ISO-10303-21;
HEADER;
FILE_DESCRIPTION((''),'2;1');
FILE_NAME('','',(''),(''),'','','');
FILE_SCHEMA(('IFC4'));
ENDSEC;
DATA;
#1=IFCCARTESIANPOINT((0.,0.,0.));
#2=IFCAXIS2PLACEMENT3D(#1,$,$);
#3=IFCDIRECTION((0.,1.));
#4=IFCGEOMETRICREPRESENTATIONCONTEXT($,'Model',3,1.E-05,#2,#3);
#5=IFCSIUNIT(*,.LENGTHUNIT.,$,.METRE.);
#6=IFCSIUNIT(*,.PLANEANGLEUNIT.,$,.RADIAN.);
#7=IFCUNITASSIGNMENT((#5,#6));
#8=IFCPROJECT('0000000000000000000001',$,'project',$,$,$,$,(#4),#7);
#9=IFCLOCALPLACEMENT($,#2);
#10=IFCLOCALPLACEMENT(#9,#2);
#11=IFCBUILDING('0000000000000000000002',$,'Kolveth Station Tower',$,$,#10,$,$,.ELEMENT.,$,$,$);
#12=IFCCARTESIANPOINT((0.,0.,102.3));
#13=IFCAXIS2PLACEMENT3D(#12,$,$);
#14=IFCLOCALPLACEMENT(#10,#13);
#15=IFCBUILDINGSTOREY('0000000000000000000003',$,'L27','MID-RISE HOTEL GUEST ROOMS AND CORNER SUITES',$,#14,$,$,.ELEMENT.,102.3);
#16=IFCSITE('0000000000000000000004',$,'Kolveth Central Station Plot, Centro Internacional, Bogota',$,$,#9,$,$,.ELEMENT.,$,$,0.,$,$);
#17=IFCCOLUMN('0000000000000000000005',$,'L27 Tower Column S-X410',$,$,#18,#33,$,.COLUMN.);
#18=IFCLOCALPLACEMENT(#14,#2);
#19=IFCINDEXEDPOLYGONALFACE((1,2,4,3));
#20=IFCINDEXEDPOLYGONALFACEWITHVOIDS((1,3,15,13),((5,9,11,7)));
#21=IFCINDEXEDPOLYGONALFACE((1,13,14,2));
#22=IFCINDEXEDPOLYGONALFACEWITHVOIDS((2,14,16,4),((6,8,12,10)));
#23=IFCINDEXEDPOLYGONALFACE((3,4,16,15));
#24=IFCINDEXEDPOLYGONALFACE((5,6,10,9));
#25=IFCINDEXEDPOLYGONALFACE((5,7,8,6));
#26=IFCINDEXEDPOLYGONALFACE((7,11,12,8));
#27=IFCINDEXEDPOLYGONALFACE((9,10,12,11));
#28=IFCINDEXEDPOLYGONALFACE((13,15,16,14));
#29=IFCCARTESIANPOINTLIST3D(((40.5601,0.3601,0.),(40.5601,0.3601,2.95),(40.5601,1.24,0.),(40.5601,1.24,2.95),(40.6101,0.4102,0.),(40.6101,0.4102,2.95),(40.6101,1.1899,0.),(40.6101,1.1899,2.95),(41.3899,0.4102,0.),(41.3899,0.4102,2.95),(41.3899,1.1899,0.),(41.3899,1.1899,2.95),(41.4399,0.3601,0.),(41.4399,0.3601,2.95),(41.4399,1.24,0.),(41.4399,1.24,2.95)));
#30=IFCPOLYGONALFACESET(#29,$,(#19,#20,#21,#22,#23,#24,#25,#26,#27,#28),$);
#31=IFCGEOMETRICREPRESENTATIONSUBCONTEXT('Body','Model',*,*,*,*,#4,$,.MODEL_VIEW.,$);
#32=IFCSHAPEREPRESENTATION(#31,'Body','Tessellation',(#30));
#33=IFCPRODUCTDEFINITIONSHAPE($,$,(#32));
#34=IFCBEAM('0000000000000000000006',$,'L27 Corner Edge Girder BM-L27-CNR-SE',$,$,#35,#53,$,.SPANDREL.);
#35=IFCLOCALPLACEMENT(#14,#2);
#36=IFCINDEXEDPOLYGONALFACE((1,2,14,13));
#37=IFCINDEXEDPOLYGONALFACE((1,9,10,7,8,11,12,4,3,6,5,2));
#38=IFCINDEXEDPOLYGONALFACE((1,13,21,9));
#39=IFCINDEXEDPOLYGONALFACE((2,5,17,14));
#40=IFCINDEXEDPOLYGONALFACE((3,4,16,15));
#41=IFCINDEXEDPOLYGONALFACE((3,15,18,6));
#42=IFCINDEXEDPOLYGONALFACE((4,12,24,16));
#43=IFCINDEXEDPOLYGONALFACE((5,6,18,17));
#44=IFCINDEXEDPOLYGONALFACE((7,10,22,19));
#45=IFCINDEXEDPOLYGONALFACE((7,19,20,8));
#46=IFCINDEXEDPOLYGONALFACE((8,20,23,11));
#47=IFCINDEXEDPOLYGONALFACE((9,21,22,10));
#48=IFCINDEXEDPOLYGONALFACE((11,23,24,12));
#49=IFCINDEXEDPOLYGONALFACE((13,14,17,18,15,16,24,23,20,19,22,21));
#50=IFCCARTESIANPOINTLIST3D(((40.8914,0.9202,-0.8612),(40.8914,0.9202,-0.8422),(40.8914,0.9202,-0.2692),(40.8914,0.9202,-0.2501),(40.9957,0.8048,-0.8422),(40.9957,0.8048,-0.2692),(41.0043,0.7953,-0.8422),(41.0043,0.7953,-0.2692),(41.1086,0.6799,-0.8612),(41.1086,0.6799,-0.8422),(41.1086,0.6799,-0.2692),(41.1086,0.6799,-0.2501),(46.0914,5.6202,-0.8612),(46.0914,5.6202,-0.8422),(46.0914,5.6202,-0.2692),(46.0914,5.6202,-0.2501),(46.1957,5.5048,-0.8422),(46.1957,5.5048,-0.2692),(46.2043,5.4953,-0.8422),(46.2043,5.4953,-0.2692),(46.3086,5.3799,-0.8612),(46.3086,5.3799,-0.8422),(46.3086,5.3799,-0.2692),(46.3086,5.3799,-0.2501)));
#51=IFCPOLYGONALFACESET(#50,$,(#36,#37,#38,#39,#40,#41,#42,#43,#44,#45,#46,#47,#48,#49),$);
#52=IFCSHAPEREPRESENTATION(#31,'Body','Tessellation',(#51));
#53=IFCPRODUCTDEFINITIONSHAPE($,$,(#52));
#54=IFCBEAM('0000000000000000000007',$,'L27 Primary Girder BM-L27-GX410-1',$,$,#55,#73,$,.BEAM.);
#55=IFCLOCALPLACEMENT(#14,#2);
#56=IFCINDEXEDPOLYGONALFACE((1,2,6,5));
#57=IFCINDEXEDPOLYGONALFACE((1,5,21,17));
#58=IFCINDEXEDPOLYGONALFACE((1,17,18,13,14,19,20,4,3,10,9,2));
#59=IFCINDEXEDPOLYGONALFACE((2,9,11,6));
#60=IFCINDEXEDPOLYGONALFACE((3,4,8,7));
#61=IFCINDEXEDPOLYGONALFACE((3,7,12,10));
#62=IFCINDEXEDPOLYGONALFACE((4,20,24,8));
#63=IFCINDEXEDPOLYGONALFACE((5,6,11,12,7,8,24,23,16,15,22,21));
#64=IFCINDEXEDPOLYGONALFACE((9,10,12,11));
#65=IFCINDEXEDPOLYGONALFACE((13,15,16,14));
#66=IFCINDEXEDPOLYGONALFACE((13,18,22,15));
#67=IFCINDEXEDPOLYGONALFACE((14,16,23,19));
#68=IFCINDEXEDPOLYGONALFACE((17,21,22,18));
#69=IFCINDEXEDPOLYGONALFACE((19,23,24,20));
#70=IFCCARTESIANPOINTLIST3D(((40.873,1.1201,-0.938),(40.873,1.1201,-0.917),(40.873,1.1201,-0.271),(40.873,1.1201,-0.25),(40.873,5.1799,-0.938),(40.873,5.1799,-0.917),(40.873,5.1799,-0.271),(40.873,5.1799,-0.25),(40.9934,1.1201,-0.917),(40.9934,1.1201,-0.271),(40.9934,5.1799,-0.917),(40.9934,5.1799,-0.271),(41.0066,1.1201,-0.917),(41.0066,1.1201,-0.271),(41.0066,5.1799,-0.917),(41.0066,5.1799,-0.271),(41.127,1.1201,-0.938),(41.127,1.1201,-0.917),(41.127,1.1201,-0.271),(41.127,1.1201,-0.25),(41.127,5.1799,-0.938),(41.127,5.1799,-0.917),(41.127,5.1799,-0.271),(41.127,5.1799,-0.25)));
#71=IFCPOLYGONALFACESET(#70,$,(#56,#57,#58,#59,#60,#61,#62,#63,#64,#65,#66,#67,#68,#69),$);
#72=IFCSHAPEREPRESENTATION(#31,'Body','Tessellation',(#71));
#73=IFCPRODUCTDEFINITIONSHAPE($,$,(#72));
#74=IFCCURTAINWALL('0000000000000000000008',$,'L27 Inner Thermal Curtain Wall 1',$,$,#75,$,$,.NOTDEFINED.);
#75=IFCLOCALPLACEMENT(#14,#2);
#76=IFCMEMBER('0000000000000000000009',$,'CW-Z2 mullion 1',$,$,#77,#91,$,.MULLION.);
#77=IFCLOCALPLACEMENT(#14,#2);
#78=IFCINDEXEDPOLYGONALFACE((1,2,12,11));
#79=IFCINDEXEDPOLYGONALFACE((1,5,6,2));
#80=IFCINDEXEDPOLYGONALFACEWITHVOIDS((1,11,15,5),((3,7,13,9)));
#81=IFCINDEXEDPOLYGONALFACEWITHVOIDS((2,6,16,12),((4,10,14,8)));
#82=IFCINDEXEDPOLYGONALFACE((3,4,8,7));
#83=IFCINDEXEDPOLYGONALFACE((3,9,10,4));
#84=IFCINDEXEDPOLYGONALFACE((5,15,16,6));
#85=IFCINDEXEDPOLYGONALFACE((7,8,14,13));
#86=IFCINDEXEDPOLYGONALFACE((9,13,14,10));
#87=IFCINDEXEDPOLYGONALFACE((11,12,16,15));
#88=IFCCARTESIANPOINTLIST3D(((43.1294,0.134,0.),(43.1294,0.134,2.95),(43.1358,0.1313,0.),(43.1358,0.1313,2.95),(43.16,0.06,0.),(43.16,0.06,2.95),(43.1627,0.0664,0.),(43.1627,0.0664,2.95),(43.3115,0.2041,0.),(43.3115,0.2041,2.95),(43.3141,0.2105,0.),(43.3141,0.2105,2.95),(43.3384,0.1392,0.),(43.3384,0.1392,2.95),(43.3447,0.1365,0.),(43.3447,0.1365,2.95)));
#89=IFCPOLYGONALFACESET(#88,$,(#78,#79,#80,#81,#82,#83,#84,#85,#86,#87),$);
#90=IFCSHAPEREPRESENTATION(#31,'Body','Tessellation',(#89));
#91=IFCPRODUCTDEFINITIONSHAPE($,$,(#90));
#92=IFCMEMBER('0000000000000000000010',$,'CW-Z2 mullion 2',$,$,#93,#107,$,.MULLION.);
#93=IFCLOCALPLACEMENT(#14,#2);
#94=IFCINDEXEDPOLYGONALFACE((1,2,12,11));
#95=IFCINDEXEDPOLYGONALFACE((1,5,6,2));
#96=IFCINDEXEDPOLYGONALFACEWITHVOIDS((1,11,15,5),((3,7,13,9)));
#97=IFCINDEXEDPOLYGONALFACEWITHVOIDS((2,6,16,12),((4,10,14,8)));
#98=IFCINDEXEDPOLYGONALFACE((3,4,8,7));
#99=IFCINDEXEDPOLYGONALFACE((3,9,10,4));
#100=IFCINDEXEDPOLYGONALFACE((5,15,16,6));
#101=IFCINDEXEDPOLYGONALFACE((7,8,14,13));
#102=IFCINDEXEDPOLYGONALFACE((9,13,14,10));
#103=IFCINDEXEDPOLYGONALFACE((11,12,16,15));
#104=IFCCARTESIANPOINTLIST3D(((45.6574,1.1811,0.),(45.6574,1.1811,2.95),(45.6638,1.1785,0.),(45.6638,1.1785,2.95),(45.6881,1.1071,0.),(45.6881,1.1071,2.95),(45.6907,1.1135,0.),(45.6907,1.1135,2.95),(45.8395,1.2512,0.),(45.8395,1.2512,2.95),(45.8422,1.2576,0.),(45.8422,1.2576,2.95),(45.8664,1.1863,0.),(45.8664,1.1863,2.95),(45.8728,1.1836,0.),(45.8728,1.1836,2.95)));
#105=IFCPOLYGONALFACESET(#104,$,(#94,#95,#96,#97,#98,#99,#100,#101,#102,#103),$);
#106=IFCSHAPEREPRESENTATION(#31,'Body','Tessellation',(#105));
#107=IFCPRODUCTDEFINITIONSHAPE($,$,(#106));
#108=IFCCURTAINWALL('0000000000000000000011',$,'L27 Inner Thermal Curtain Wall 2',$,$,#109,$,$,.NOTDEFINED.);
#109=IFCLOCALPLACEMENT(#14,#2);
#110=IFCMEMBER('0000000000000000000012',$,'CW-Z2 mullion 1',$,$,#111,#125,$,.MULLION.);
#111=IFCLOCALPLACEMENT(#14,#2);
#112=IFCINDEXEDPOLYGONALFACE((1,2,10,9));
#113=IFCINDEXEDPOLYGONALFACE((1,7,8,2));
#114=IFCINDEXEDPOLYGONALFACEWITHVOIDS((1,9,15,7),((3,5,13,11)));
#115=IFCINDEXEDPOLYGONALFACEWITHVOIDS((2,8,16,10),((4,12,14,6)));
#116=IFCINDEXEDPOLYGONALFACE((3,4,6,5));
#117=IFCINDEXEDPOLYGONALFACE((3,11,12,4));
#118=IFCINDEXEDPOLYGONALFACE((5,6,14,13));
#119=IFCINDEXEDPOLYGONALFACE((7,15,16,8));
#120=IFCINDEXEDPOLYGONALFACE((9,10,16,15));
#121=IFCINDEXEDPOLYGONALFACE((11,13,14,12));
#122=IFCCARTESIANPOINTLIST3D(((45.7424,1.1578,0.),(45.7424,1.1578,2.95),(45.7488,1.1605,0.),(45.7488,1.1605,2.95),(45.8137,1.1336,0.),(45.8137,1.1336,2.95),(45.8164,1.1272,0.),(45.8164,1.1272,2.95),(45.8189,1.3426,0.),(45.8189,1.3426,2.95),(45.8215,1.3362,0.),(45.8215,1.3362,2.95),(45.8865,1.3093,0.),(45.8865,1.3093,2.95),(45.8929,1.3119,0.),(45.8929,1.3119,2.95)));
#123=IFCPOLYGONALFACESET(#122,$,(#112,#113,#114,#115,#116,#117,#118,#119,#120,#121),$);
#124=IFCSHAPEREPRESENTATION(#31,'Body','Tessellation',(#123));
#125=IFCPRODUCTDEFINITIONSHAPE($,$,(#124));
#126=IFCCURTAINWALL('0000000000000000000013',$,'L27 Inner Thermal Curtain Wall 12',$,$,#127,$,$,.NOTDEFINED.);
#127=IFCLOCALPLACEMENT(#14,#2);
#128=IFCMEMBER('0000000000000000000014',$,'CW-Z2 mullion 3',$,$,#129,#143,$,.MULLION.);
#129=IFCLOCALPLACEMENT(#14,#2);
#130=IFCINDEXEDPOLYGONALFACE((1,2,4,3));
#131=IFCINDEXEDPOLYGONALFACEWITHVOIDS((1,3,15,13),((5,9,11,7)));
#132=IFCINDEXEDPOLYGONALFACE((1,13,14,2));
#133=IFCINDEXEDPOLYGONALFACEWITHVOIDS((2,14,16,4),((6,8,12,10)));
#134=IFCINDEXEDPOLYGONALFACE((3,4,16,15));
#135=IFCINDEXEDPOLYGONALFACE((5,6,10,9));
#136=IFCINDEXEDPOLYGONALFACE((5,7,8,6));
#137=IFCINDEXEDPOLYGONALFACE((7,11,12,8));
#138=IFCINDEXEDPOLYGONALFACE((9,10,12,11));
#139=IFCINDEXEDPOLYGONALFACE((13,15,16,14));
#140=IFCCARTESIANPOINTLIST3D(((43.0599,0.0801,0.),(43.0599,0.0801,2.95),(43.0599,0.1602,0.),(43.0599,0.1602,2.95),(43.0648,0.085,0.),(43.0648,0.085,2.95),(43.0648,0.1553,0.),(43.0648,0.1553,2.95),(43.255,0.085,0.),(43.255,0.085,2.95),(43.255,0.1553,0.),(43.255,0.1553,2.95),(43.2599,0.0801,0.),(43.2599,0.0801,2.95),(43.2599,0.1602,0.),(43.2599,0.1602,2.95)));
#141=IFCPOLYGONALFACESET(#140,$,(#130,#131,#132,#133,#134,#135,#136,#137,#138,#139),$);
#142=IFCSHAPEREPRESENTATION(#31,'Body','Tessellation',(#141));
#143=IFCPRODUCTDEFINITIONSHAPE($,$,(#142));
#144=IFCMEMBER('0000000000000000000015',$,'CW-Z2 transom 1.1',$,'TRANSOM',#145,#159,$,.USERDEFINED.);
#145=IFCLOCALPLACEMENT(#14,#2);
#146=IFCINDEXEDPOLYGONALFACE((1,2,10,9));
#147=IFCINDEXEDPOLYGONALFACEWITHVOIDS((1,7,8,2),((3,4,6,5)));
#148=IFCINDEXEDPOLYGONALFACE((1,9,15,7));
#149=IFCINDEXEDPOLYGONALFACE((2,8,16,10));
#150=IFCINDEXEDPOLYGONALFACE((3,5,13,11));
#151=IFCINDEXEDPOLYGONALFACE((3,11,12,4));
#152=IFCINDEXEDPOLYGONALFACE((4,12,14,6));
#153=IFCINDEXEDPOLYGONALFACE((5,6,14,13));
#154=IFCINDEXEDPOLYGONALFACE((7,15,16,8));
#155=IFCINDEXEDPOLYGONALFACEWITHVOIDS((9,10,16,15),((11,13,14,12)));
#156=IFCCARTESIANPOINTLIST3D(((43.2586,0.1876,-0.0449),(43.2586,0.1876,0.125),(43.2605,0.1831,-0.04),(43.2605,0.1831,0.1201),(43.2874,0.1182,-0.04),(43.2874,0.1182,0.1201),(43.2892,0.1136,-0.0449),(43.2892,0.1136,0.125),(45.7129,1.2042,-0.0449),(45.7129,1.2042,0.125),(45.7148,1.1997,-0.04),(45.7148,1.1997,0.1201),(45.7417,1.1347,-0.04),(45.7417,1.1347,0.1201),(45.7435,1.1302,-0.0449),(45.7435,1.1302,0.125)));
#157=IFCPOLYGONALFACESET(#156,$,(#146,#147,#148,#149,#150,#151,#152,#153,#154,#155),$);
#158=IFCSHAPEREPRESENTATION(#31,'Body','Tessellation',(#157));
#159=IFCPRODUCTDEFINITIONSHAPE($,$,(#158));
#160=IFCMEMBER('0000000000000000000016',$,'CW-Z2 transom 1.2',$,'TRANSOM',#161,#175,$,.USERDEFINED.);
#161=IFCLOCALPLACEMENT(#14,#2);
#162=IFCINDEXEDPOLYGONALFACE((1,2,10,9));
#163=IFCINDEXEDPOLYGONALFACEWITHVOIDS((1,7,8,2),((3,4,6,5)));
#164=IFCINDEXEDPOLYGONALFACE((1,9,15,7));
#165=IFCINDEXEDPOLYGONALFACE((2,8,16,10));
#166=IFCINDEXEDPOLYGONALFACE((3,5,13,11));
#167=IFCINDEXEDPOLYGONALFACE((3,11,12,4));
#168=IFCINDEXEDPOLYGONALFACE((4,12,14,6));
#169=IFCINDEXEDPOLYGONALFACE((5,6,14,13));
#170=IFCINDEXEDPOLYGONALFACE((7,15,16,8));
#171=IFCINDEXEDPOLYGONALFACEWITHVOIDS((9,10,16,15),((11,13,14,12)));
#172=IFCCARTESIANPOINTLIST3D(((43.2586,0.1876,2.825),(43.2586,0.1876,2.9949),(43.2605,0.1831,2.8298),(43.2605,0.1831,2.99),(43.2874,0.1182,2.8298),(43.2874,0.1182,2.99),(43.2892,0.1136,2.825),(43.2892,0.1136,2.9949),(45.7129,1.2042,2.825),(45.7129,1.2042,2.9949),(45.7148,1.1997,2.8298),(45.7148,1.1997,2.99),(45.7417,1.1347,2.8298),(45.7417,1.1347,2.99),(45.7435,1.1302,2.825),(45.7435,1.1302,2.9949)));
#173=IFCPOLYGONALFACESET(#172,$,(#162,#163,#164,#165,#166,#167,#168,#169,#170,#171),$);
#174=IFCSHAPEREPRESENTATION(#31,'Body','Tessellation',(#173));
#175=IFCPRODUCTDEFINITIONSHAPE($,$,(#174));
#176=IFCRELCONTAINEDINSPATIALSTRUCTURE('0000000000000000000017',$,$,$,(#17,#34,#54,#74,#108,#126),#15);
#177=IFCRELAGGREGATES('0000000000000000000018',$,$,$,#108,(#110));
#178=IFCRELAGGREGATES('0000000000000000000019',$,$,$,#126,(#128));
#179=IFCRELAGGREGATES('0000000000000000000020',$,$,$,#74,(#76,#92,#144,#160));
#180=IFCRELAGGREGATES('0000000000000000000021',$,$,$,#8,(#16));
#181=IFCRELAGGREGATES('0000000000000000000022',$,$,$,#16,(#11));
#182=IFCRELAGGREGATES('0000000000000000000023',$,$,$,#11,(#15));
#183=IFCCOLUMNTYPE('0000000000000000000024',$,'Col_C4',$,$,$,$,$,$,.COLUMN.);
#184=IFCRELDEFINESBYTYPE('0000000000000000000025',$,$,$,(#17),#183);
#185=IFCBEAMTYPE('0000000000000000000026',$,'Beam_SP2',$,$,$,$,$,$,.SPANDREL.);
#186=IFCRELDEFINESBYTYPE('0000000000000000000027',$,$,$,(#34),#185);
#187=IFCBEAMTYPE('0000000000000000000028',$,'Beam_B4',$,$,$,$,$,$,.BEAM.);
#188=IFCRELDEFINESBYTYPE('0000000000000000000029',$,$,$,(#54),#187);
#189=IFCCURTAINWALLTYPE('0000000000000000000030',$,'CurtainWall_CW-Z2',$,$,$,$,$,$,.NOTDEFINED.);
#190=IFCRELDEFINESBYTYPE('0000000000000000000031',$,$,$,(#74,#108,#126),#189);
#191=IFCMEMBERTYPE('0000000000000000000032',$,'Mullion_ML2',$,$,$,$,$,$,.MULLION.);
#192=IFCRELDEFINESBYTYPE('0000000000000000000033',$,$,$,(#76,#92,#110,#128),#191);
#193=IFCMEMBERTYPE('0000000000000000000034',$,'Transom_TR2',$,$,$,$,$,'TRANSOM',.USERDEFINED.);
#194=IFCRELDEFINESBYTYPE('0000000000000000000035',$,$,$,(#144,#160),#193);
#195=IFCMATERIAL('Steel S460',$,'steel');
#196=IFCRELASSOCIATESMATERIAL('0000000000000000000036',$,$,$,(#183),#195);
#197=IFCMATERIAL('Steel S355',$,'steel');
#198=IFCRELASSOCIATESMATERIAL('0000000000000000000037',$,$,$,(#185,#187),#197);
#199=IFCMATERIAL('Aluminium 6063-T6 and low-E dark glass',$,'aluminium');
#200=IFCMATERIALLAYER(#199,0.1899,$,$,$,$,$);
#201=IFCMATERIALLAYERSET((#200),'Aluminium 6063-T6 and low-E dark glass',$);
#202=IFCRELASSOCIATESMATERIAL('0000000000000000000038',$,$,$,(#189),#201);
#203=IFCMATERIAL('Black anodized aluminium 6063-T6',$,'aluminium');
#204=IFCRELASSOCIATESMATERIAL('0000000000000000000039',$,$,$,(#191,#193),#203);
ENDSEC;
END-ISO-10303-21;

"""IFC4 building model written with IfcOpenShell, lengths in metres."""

from ifc_helpers import new_model, si_unit, direction, frame, origin, origin_2d, place, context, subcontext, project, spatial, hollow_rectangle, i_section, extrude, source, transform, mapped, material, layer, layer_set, material_profile, profile_set, type_object, element, aggregate, save


model = new_model("IFC4")

# Units and contexts
model_context = context("Model", 3, precision=1e-05, world=origin(), true_north=direction((0.0, 1.0)))
body_context = subcontext(model_context, "Body", "Model", "MODEL_VIEW")
ifc_project = project(units=[si_unit("LENGTHUNIT", "METRE"), si_unit("PLANEANGLEUNIT", "RADIAN")], contexts=[model_context])

# Site, building, storey
site_placement = place(None, origin())
site = spatial("IfcSite", under=ifc_project, at=site_placement, Name="Kolveth Central Station Plot, Centro Internacional, Bogota", CompositionType="ELEMENT", RefElevation=0.0)
building_placement = place(site_placement, origin())
building = spatial("IfcBuilding", under=site, at=building_placement, Name="Kolveth Station Tower", CompositionType="ELEMENT")
storey_placement = place(building_placement, frame((0.0, 0.0, 102.3)))
storey = spatial("IfcBuildingStorey", under=building, at=storey_placement, Name="L27", Description="MID-RISE HOTEL GUEST ROOMS AND CORNER SUITES", CompositionType="ELEMENT", Elevation=102.3)

# Column
ifc_material_1 = material(Name="Steel S460", Category="steel")
ifc_material_profile_1 = material_profile(ifc_material_1, hollow_rectangle(XDim=0.8799, YDim=0.8799, WallThickness=0.05, at=origin_2d()), Name="BOX880x880x50")
ifc_profile_set_1 = profile_set([ifc_material_profile_1], Name="Steel S460")
column_type = type_object("IfcColumnType", Name="Col_C4", PredefinedType="COLUMN", material=ifc_profile_set_1)
shared_shape_1 = source(origin(), body_context, "Body", "SweptSolid", [
    extrude(hollow_rectangle(XDim=0.8799, YDim=0.8799, WallThickness=0.05, at=origin_2d()), origin(), (0.0, 0.0, 1.0), 2.95),
])
column_placement = place(storey_placement, frame((41.0, 0.8, 0.0), z_axis=(0.0, 0.0, 1.0), x_axis=(1.0, 0.0, 0.0)))
element("IfcColumn", 1, at=column_placement, inside=storey, type_object=column_type, Name="L27 Tower Column S-X410", PredefinedType="COLUMN", context=body_context, shape_type="MappedRepresentation", body=[
    mapped(shared_shape_1, transform((0.0, 0.0, 0.0), x_axis=(1.0, 0.0, 0.0), y_axis=(0.0, 1.0, 0.0), z_axis=(0.0, 0.0, 1.0), scale=1.0)),
])

# Beams
ifc_material_2 = material(Name="Steel S355", Category="steel")
ifc_material_profile_2 = material_profile(ifc_material_2, i_section(OverallWidth=0.324, OverallDepth=0.6111, WebThickness=0.0127, FlangeThickness=0.019, at=origin_2d()), Name="W610x155")
ifc_profile_set_2 = profile_set([ifc_material_profile_2], Name="Steel S355")
beam_type_1 = type_object("IfcBeamType", Name="Beam_SP2", PredefinedType="SPANDREL", material=ifc_profile_set_2)
shared_shape_2 = source(origin(), body_context, "Body", "SweptSolid", [
    extrude(i_section(OverallWidth=0.324, OverallDepth=0.6111, WebThickness=0.0127, FlangeThickness=0.019, at=origin_2d()), origin(), (0.0, 0.0, 1.0), 7.0093),
])
beam_1_placement = place(storey_placement, frame((41.0, 0.8, -0.5557), z_axis=(0.741874, 0.670539, 0.0), x_axis=(-0.670539, 0.741874, 0.0)))
element("IfcBeam", 2, at=beam_1_placement, inside=storey, type_object=beam_type_1, Name="L27 Corner Edge Girder BM-L27-CNR-SE", PredefinedType="SPANDREL", context=body_context, shape_type="MappedRepresentation", body=[
    mapped(shared_shape_2, transform((0.0, 0.0, 0.0), x_axis=(1.0, 0.0, 0.0), y_axis=(0.0, 1.0, 0.0), z_axis=(0.0, 0.0, 1.0), scale=1.0)),
])
ifc_material_profile_3 = material_profile(ifc_material_2, i_section(OverallWidth=0.2539, OverallDepth=0.688, WebThickness=0.0132, FlangeThickness=0.021, at=origin_2d()), Name="W690x152")
ifc_profile_set_3 = profile_set([ifc_material_profile_3], Name="Steel S355")
beam_type_2 = type_object("IfcBeamType", Name="Beam_B4", PredefinedType="BEAM", material=ifc_profile_set_3)
shared_shape_3 = source(origin(), body_context, "Body", "SweptSolid", [
    extrude(i_section(OverallWidth=0.2539, OverallDepth=0.688, WebThickness=0.0132, FlangeThickness=0.021, at=origin_2d()), origin(), (0.0, 0.0, 1.0), 4.0598),
])
beam_2_placement = place(storey_placement, frame((41.0, 1.1201, -0.594), z_axis=(0.0, 1.0, 0.0), x_axis=(-1.0, 0.0, 0.0)))
element("IfcBeam", 3, at=beam_2_placement, inside=storey, type_object=beam_type_2, Name="L27 Primary Girder BM-L27-GX410-1", PredefinedType="BEAM", context=body_context, shape_type="MappedRepresentation", body=[
    mapped(shared_shape_3, transform((0.0, 0.0, 0.0), x_axis=(1.0, 0.0, 0.0), y_axis=(0.0, 1.0, 0.0), z_axis=(0.0, 0.0, 1.0), scale=1.0)),
])

# Curtain wall, members
ifc_material_3 = material(Name="Aluminium 6063-T6 and low-E dark glass", Category="aluminium")
ifc_layer_1 = layer(ifc_material_3, 0.1899)
ifc_layer_set_1 = layer_set([ifc_layer_1], Name="Aluminium 6063-T6 and low-E dark glass")
curtain_wall_type_1 = type_object("IfcCurtainWallType", Name="CurtainWall_CW-Z2", PredefinedType="NOTDEFINED", material=ifc_layer_set_1)
curtain_wall_1_placement = place(storey_placement, origin())
curtain_wall_1 = element("IfcCurtainWall", 4, at=curtain_wall_1_placement, inside=storey, type_object=curtain_wall_type_1, Name="L27 Inner Thermal Curtain Wall 1", PredefinedType="NOTDEFINED")
ifc_material_4 = material(Name="Black anodized aluminium 6063-T6", Category="aluminium")
ifc_material_profile_4 = material_profile(ifc_material_4, hollow_rectangle(XDim=0.0801, YDim=0.2, WallThickness=0.0049, at=origin_2d()), Name="ALU-80x200x5")
ifc_profile_set_4 = profile_set([ifc_material_profile_4], Name="Black anodized aluminium 6063-T6")
member_type_1 = type_object("IfcMemberType", Name="Mullion_ML2", PredefinedType="MULLION", material=ifc_profile_set_4)
shared_shape_4 = source(origin(), body_context, "Body", "SweptSolid", [
    extrude(hollow_rectangle(XDim=0.0801, YDim=0.2, WallThickness=0.0049, at=origin_2d()), origin(), (0.0, 0.0, 1.0), 2.95),
])
member_1_placement = place(storey_placement, frame((43.2371, 0.1353, 0.0), z_axis=(0.0, 0.0, 1.0), x_axis=(-0.382663, 0.923888, 0.0)))
member_1 = element("IfcMember", 5, at=member_1_placement, type_object=member_type_1, Name="CW-Z2 mullion 1", PredefinedType="MULLION", context=body_context, shape_type="MappedRepresentation", body=[
    mapped(shared_shape_4, transform((0.0, 0.0, 0.0), x_axis=(1.0, 0.0, 0.0), y_axis=(0.0, 1.0, 0.0), z_axis=(0.0, 0.0, 1.0), scale=1.0)),
])
member_2_placement = place(storey_placement, frame((45.7651, 1.1824, 0.0), z_axis=(0.0, 0.0, 1.0), x_axis=(-0.382663, 0.923888, 0.0)))
member_2 = element("IfcMember", 6, at=member_2_placement, type_object=member_type_1, Name="CW-Z2 mullion 2", PredefinedType="MULLION", context=body_context, shape_type="MappedRepresentation", body=[
    mapped(shared_shape_4, transform((0.0, 0.0, 0.0), x_axis=(1.0, 0.0, 0.0), y_axis=(0.0, 1.0, 0.0), z_axis=(0.0, 0.0, 1.0), scale=1.0)),
])

# Curtain walls, members
curtain_wall_2_placement = place(storey_placement, origin())
curtain_wall_2 = element("IfcCurtainWall", 7, at=curtain_wall_2_placement, inside=storey, type_object=curtain_wall_type_1, Name="L27 Inner Thermal Curtain Wall 2", PredefinedType="NOTDEFINED")
member_3_placement = place(storey_placement, frame((45.8176, 1.2349, 0.0), z_axis=(0.0, 0.0, 1.0), x_axis=(-0.923888, 0.382663, 0.0)))
member_3 = element("IfcMember", 8, at=member_3_placement, type_object=member_type_1, Name="CW-Z2 mullion 1", PredefinedType="MULLION", context=body_context, shape_type="MappedRepresentation", body=[
    mapped(shared_shape_4, transform((0.0, 0.0, 0.0), x_axis=(1.0, 0.0, 0.0), y_axis=(0.0, 1.0, 0.0), z_axis=(0.0, 0.0, 1.0), scale=1.0)),
])
aggregate(curtain_wall_2, [member_3])
curtain_wall_3_placement = place(storey_placement, origin())
curtain_wall_3 = element("IfcCurtainWall", 9, at=curtain_wall_3_placement, inside=storey, type_object=curtain_wall_type_1, Name="L27 Inner Thermal Curtain Wall 12", PredefinedType="NOTDEFINED")
member_4_placement = place(storey_placement, frame((43.1599, 0.1201, 0.0), z_axis=(0.0, 0.0, 1.0), x_axis=(0.0, 1.0, 0.0)))
member_4 = element("IfcMember", 10, at=member_4_placement, type_object=member_type_1, Name="CW-Z2 mullion 3", PredefinedType="MULLION", context=body_context, shape_type="MappedRepresentation", body=[
    mapped(shared_shape_4, transform((0.0, 0.0, 0.0), x_axis=(1.0, 0.0, 0.0), y_axis=(0.0, 1.0, 0.0), z_axis=(0.0, 0.0, 1.0), scale=1.0)),
])
aggregate(curtain_wall_3, [member_4])

# Members
ifc_material_profile_5 = material_profile(ifc_material_4, hollow_rectangle(XDim=0.0801, YDim=0.1699, WallThickness=0.0049, at=origin_2d()), Name="ALU-80x170x5")
ifc_profile_set_5 = profile_set([ifc_material_profile_5], Name="Black anodized aluminium 6063-T6")
member_type_2 = type_object("IfcMemberType", Name="Transom_TR2", ElementType="TRANSOM", PredefinedType="USERDEFINED", material=ifc_profile_set_5)
shared_shape_5 = source(origin(), body_context, "Body", "SweptSolid", [
    extrude(hollow_rectangle(XDim=0.0801, YDim=0.1699, WallThickness=0.0049, at=origin_2d()), origin(), (0.0, 0.0, 1.0), 2.6565),
])
member_5_placement = place(storey_placement, frame((43.2739, 0.1506, 0.04), z_axis=(0.923882, 0.382676, 0.0), x_axis=(-0.382676, 0.923882, 0.0)))
member_5 = element("IfcMember", 11, at=member_5_placement, type_object=member_type_2, Name="CW-Z2 transom 1.1", ObjectType="TRANSOM", PredefinedType="USERDEFINED", context=body_context, shape_type="MappedRepresentation", body=[
    mapped(shared_shape_5, transform((0.0, 0.0, 0.0), x_axis=(1.0, 0.0, 0.0), y_axis=(0.0, 1.0, 0.0), z_axis=(0.0, 0.0, 1.0), scale=1.0)),
])
member_6_placement = place(storey_placement, frame((43.2739, 0.1506, 2.9099), z_axis=(0.923882, 0.382676, 0.0), x_axis=(-0.382676, 0.923882, 0.0)))
member_6 = element("IfcMember", 12, at=member_6_placement, type_object=member_type_2, Name="CW-Z2 transom 1.2", ObjectType="TRANSOM", PredefinedType="USERDEFINED", context=body_context, shape_type="MappedRepresentation", body=[
    mapped(shared_shape_5, transform((0.0, 0.0, 0.0), x_axis=(1.0, 0.0, 0.0), y_axis=(0.0, 1.0, 0.0), z_axis=(0.0, 0.0, 1.0), scale=1.0)),
])

aggregate(curtain_wall_1, [member_1, member_2, member_5, member_6])

save(model, "model.ifc")
